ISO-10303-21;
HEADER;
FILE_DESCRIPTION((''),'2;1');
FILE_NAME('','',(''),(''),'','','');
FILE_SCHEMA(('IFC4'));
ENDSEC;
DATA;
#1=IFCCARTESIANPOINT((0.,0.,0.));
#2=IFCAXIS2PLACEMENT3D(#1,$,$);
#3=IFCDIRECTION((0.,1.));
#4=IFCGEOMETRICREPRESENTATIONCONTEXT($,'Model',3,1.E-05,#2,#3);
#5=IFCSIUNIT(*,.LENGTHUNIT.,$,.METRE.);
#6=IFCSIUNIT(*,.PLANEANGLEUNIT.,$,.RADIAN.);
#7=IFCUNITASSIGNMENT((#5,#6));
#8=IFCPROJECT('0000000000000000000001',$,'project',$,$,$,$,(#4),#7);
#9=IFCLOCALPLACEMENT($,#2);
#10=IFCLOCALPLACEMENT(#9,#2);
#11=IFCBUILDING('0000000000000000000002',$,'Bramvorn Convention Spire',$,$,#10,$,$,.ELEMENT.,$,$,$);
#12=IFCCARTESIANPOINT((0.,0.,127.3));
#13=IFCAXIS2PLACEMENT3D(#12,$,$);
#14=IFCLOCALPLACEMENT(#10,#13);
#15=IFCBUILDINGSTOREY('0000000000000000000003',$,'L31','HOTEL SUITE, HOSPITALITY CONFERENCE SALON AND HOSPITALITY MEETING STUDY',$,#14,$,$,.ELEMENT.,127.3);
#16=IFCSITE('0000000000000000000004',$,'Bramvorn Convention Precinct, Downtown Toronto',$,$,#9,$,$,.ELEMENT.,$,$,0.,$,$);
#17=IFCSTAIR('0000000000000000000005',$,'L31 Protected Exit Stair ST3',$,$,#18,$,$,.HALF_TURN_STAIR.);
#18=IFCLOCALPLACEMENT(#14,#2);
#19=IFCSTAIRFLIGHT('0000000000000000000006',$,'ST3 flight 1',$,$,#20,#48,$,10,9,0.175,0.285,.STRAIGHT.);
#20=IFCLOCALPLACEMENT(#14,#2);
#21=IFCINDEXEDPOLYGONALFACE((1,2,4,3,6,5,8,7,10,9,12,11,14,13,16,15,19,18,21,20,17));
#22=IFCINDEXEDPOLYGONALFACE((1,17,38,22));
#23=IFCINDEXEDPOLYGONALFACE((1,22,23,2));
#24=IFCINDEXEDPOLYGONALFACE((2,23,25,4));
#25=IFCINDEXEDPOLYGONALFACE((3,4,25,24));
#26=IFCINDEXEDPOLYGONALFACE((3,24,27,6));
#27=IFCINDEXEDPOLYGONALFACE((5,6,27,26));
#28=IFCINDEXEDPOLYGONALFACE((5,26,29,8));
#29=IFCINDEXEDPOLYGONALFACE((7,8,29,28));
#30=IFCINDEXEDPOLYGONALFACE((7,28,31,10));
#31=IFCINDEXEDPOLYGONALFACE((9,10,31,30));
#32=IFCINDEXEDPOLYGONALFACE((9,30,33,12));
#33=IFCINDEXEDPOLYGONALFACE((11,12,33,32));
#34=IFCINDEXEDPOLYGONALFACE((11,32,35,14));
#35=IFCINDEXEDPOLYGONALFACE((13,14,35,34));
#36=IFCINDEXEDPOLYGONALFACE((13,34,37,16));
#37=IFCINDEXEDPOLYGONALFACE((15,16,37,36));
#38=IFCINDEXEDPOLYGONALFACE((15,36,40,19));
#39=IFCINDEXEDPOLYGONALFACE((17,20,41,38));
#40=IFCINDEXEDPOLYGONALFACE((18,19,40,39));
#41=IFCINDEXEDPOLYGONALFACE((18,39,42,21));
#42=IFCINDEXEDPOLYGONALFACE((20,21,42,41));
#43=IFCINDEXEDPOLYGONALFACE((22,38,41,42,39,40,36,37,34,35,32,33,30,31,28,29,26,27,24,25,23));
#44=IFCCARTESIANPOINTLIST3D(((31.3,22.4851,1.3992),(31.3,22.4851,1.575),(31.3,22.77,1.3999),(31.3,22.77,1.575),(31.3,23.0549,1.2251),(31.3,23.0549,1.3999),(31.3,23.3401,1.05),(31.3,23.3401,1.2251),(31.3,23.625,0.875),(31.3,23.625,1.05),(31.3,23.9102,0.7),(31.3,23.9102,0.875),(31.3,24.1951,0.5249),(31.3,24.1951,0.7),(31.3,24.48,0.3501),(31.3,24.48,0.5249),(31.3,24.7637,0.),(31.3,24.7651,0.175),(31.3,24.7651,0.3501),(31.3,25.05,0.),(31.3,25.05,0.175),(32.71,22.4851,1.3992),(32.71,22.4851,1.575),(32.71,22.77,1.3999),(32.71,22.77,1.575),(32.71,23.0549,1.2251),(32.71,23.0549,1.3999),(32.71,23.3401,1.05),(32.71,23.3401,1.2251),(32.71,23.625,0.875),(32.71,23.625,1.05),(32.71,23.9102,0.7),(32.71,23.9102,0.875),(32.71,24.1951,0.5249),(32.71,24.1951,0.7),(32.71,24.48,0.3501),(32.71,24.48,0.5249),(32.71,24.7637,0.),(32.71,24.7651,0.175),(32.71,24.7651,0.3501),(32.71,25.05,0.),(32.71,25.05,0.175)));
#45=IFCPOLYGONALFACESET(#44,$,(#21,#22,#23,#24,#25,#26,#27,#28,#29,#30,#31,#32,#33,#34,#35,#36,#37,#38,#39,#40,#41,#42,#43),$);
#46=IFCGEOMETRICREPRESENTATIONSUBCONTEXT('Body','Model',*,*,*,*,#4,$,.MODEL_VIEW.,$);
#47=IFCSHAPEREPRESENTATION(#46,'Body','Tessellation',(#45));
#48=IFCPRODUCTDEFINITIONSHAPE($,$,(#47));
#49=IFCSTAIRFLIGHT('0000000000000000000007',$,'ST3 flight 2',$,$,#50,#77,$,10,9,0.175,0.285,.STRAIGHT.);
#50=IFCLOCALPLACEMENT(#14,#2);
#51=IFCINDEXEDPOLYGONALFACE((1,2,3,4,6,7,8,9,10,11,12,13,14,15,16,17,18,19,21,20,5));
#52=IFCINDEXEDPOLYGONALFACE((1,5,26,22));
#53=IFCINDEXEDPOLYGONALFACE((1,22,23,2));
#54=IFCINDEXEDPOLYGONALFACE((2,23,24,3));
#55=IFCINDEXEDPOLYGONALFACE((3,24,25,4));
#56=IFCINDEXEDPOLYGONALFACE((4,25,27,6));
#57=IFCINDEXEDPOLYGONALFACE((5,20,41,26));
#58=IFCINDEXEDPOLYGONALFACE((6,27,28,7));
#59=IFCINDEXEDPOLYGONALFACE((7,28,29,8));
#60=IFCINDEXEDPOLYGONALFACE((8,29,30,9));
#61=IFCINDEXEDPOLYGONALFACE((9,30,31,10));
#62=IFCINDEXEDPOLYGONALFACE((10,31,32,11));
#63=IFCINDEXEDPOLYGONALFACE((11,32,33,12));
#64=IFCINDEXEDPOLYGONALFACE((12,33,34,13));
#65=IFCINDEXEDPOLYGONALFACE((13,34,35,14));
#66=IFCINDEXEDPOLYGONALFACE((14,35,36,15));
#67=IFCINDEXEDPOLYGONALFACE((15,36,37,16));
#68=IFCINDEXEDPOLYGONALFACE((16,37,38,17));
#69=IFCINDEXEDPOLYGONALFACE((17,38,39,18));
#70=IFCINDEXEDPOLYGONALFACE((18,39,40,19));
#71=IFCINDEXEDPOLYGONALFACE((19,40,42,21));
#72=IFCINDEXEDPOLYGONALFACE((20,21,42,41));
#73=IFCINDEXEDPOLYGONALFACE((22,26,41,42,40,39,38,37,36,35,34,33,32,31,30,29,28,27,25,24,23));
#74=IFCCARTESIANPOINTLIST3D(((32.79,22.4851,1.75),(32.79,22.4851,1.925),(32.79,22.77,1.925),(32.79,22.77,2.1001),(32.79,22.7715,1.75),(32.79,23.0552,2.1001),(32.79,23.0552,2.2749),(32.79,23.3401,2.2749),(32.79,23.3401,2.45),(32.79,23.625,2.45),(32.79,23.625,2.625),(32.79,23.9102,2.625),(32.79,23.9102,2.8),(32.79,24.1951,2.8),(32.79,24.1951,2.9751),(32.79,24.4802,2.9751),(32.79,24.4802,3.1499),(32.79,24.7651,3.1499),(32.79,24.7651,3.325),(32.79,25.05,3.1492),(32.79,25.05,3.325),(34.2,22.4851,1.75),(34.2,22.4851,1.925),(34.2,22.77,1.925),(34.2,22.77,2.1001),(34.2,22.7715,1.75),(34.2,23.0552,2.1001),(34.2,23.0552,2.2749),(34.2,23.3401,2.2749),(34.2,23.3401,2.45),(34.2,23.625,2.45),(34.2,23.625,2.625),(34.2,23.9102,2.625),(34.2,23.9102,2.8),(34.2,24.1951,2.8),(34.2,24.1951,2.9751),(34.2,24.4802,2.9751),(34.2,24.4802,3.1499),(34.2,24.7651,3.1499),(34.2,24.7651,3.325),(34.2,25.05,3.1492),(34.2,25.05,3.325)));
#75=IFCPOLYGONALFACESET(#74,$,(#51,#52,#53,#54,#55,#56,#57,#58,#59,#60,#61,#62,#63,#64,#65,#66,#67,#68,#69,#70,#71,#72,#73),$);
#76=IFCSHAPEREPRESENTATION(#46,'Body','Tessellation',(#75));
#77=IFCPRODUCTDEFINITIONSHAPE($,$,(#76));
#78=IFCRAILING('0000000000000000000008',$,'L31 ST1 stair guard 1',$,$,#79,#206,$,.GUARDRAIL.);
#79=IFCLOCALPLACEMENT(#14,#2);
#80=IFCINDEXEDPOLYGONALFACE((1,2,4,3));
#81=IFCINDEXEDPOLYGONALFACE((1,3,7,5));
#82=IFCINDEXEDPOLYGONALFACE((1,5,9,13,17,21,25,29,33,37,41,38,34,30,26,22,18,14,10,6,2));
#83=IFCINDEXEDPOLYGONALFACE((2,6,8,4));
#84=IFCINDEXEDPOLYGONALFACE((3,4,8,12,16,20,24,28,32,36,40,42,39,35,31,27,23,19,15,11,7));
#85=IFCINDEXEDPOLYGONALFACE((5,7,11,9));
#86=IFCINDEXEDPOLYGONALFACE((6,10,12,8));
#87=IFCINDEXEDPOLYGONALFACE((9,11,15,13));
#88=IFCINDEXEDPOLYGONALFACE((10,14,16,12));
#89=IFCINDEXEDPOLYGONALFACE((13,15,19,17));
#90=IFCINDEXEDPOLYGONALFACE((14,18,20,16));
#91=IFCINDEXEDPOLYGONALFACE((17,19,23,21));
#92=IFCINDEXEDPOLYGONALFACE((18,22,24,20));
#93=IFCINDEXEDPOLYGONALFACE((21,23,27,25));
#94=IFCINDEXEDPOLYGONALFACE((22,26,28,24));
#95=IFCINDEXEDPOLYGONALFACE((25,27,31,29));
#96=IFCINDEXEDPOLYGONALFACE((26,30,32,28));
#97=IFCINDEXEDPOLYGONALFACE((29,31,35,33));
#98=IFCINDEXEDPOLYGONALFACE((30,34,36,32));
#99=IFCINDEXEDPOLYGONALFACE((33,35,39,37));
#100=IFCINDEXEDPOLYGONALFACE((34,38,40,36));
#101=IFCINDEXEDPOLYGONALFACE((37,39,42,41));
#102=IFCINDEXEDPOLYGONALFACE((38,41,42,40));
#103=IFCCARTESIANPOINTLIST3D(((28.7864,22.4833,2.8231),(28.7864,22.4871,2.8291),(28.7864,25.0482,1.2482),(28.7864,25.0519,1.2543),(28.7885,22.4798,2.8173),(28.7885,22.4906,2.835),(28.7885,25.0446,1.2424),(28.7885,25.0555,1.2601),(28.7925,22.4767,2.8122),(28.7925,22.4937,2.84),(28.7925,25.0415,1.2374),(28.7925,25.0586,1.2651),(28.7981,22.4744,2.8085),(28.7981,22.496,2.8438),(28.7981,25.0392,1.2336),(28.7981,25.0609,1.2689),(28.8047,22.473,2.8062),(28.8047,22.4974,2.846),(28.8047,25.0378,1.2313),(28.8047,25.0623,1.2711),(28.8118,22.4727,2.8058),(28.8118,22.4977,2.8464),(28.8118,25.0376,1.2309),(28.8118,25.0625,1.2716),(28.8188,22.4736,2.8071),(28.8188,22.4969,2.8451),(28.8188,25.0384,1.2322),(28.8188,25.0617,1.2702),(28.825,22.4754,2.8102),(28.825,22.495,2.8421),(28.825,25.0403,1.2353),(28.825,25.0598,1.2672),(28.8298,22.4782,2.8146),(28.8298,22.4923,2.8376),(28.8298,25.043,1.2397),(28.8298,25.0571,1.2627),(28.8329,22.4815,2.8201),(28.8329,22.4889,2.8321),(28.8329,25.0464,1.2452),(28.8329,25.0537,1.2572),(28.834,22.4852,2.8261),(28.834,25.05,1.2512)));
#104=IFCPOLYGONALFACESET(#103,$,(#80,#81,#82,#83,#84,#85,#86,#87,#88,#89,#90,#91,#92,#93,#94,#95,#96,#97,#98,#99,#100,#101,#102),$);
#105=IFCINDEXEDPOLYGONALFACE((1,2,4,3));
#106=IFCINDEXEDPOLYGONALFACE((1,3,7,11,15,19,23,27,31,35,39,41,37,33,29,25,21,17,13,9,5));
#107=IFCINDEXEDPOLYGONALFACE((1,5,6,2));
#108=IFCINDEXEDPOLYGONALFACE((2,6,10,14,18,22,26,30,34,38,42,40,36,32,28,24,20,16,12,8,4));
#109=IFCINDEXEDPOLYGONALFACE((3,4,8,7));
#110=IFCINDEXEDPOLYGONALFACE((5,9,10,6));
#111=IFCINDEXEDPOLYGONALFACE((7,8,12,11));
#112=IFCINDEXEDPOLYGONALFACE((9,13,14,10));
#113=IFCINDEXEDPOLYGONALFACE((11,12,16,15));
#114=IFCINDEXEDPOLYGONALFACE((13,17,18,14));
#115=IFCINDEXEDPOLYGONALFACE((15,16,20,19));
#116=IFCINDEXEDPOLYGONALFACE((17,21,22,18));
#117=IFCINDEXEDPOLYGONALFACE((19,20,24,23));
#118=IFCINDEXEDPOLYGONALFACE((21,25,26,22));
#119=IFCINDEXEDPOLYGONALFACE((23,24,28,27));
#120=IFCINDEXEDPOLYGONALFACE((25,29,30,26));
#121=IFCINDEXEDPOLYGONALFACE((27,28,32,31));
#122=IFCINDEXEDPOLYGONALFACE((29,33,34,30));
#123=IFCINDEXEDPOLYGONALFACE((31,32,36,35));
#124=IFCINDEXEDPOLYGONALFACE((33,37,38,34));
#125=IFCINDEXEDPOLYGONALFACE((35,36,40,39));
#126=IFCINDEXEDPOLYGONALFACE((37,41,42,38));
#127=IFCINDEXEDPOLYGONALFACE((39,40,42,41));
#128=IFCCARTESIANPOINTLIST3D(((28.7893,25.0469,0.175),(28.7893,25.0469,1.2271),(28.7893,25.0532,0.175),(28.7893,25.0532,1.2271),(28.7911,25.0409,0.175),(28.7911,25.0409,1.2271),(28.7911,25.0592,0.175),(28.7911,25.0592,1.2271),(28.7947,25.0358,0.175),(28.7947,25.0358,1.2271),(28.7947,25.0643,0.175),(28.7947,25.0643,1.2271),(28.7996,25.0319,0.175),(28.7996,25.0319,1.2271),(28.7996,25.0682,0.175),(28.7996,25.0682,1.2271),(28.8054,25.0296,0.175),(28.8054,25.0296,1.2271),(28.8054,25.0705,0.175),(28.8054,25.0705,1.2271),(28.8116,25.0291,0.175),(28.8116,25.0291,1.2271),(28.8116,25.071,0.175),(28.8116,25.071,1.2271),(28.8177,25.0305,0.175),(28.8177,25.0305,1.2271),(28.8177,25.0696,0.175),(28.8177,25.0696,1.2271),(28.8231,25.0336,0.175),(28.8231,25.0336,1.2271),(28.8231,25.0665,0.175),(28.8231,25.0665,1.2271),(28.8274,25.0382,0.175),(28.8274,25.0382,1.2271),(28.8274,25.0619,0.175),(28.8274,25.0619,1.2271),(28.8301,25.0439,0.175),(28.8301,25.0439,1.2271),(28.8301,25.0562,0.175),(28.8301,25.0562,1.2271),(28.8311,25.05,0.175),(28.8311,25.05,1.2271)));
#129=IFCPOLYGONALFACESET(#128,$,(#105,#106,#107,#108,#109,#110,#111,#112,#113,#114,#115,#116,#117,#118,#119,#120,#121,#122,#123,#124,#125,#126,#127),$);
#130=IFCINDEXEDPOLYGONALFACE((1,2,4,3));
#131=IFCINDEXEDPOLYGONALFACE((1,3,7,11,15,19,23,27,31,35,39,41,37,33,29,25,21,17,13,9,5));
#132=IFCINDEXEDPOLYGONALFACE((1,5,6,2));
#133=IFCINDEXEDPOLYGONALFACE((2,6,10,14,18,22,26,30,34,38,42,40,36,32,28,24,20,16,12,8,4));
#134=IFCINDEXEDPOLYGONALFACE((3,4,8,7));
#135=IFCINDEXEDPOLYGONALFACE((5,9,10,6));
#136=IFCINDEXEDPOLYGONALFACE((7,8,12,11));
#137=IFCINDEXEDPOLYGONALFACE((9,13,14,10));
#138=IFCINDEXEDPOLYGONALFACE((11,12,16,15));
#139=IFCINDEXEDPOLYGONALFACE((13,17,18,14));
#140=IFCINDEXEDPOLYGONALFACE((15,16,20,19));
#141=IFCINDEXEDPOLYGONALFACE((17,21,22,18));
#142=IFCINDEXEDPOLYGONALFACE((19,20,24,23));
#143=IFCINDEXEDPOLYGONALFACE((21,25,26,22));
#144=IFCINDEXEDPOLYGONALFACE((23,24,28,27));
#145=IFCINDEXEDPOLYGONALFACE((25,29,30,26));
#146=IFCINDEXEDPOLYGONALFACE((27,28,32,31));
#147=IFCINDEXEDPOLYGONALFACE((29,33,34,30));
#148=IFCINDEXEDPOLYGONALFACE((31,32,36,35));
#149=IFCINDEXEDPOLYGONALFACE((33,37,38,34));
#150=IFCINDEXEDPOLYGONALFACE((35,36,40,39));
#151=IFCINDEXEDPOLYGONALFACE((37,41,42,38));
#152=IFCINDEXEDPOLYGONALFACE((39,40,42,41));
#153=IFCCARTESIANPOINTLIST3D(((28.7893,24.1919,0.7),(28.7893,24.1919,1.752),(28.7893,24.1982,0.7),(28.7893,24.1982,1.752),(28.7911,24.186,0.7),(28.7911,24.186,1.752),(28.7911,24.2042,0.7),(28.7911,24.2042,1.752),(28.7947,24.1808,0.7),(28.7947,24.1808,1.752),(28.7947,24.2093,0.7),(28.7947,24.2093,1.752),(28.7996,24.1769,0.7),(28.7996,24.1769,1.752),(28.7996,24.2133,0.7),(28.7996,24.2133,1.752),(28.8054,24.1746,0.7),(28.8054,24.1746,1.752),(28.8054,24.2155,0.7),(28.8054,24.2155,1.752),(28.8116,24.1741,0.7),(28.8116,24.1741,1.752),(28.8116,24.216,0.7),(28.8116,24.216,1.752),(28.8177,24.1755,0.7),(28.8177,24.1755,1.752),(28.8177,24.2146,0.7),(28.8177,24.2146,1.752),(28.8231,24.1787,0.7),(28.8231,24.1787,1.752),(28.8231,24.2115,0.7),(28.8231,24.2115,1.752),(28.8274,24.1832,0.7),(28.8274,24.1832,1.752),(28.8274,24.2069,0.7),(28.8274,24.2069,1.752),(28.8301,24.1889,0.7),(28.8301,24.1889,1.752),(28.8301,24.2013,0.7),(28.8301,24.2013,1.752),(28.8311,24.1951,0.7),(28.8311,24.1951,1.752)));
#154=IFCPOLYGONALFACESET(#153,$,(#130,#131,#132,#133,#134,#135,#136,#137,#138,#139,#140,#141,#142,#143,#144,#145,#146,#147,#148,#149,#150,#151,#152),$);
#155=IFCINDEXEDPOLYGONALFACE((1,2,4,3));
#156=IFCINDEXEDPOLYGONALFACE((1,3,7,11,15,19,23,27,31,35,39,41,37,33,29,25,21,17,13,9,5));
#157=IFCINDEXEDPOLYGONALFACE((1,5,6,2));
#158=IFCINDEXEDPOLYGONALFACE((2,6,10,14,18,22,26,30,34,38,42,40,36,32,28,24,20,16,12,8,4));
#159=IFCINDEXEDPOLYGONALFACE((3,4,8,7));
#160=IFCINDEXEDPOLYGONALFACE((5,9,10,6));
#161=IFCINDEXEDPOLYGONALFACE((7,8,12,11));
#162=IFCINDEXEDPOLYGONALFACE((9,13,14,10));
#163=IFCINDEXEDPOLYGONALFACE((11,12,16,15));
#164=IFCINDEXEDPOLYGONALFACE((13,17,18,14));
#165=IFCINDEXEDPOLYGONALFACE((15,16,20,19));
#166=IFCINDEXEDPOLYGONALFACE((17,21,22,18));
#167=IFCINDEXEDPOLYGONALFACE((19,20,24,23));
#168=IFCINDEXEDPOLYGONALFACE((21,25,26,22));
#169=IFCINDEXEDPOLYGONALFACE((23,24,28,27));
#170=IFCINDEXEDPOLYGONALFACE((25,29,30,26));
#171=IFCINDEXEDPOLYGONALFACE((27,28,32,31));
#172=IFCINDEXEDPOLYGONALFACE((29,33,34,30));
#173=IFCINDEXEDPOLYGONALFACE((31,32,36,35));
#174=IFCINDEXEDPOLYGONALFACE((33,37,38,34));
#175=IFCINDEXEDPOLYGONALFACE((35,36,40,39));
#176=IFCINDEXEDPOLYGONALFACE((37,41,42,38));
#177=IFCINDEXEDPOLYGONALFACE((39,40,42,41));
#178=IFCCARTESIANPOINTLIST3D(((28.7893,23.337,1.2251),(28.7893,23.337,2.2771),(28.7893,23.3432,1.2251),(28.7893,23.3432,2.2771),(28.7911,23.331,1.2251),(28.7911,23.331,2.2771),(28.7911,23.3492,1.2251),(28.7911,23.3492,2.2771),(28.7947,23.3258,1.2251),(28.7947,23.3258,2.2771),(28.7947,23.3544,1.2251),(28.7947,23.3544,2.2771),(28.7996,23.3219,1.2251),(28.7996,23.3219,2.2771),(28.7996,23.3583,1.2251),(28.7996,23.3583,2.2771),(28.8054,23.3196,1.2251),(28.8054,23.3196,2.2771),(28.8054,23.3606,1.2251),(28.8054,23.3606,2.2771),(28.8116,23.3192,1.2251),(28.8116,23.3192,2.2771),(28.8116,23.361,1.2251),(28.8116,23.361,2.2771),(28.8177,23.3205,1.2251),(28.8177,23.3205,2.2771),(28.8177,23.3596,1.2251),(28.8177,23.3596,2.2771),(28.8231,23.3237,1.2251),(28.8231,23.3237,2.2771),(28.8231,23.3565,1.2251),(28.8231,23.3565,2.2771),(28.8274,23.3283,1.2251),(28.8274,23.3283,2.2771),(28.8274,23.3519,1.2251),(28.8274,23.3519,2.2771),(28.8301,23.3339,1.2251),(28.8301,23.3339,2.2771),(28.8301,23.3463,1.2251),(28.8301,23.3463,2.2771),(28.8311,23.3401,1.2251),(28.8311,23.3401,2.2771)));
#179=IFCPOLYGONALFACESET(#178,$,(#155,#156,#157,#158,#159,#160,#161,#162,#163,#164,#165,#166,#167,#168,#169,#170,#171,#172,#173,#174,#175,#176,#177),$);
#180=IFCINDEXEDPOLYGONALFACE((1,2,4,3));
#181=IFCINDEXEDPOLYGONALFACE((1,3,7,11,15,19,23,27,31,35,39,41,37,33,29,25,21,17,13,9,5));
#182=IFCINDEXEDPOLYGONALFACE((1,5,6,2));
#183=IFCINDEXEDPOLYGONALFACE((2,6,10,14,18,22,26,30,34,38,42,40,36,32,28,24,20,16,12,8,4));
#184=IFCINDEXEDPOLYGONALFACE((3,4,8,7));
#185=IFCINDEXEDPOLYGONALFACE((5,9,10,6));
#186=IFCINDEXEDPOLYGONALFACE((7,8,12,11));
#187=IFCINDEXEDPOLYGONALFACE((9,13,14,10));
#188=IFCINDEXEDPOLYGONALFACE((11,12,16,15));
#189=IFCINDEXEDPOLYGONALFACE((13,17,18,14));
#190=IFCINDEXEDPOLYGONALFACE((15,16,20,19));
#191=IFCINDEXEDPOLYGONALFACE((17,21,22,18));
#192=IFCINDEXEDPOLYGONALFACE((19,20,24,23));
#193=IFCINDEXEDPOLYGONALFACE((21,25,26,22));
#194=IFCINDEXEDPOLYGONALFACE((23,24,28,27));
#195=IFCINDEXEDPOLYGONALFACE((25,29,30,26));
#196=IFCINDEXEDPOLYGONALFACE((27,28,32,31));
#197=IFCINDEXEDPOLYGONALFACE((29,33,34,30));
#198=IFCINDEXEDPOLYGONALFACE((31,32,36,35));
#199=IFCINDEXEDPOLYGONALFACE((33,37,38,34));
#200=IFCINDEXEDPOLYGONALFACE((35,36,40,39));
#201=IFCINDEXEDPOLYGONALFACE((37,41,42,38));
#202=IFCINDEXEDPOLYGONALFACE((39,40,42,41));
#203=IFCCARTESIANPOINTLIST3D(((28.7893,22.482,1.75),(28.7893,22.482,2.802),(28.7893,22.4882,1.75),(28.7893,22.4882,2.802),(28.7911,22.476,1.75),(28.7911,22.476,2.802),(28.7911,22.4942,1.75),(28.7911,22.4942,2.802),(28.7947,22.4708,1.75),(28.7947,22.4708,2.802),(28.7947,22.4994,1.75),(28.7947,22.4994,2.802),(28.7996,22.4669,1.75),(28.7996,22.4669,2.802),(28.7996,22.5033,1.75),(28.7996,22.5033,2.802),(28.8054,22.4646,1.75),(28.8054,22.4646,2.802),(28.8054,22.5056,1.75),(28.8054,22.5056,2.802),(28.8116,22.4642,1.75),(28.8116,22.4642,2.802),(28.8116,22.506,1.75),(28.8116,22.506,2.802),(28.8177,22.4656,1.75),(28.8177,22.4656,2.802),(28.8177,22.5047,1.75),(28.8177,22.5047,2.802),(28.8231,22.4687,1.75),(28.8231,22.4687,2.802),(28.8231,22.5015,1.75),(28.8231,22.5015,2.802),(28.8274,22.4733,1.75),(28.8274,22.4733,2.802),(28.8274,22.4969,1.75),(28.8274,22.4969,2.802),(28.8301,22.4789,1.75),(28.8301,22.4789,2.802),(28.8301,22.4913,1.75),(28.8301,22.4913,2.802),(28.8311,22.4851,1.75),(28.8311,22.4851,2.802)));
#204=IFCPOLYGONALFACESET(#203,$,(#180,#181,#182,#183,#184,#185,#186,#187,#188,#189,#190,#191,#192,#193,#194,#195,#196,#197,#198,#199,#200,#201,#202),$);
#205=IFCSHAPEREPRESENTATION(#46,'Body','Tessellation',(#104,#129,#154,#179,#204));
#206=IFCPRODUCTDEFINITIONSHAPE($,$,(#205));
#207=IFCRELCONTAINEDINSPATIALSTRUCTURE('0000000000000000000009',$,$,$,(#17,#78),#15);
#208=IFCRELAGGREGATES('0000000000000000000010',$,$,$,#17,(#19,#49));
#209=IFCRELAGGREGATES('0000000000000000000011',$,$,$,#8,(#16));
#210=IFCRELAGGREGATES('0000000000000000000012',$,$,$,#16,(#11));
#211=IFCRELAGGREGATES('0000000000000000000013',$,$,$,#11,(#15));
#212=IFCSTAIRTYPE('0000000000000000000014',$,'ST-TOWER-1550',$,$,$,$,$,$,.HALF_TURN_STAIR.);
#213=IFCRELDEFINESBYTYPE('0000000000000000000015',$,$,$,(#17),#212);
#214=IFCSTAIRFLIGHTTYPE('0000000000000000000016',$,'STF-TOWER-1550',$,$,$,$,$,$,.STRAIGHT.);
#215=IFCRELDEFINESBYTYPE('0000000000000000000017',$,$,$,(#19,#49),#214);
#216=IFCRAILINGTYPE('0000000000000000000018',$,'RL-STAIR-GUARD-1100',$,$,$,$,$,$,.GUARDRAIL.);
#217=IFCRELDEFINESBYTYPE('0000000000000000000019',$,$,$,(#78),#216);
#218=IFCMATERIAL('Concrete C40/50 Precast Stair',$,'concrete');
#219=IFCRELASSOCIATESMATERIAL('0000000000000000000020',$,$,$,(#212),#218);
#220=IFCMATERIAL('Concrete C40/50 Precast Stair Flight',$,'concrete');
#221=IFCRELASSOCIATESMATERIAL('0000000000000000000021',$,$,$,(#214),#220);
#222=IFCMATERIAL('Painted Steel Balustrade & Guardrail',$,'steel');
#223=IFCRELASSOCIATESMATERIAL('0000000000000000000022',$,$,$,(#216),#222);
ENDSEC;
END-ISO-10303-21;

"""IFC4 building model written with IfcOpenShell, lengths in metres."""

from ifc_helpers import new_model, si_unit, direction, frame, origin, origin_2d, place, context, subcontext, project, spatial, polyline, circle, outline, extrude, material, type_object, element, aggregate, save


model = new_model("IFC4")

# Units and contexts
model_context = context("Model", 3, precision=1e-05, world=origin(), true_north=direction((0.0, 1.0)))
body_context = subcontext(model_context, "Body", "Model", "MODEL_VIEW")
ifc_project = project(units=[si_unit("LENGTHUNIT", "METRE"), si_unit("PLANEANGLEUNIT", "RADIAN")], contexts=[model_context])

# Site, building, storey
site_placement = place(None, origin())
site = spatial("IfcSite", under=ifc_project, at=site_placement, Name="Bramvorn Convention Precinct, Downtown Toronto", CompositionType="ELEMENT", RefElevation=0.0)
building_placement = place(site_placement, origin())
building = spatial("IfcBuilding", under=site, at=building_placement, Name="Bramvorn Convention Spire", CompositionType="ELEMENT")
storey_placement = place(building_placement, frame((0.0, 0.0, 127.3)))
storey = spatial("IfcBuildingStorey", under=building, at=storey_placement, Name="L31", Description="HOTEL SUITE, HOSPITALITY CONFERENCE SALON AND HOSPITALITY MEETING STUDY", CompositionType="ELEMENT", Elevation=127.3)

# Shared definitions
ifc_material_1 = material(Name="Concrete C40/50 Precast Stair", Category="concrete")
stair_type = type_object("IfcStairType", Name="ST-TOWER-1550", PredefinedType="HALF_TURN_STAIR", material=ifc_material_1)
ifc_material_2 = material(Name="Concrete C40/50 Precast Stair Flight", Category="concrete")
stair_flight_type = type_object("IfcStairFlightType", Name="STF-TOWER-1550", PredefinedType="STRAIGHT", material=ifc_material_2)

# Stair, stair flights
stair_1_placement = place(storey_placement, origin())
stair_1 = element("IfcStair", 1, at=stair_1_placement, inside=storey, type_object=stair_type, Name="L31 Protected Exit Stair ST3", PredefinedType="HALF_TURN_STAIR")
stair_flight_1_placement = place(storey_placement, frame((32.0049, 25.05, 0.0), z_axis=(0.0, 0.0, 1.0), x_axis=(0.0, -1.0, 0.0)))
stair_flight_1 = element("IfcStairFlight", 2, at=stair_flight_1_placement, type_object=stair_flight_type, Name="ST3 flight 1", NumberOfRisers=10, NumberOfTreads=9, PredefinedType="STRAIGHT", RiserHeight=0.175, TreadLength=0.285, context=body_context, shape_type="SweptSolid", body=[
    extrude(outline(polyline([(0.0, 0.0), (0.0, 0.175), (0.2849, 0.175), (0.2849, 0.3501), (0.5701, 0.3501), (0.5701, 0.5249), (0.855, 0.5249), (0.855, 0.7), (1.1399, 0.7), (1.1399, 0.875), (1.425, 0.875), (1.425, 1.05), (1.71, 1.05), (1.71, 1.2251), (1.9951, 1.2251), (1.9951, 1.3999), (2.28, 1.3999), (2.28, 1.575), (2.5649, 1.575), (2.5649, 1.75), (2.5649, 1.3992), (0.2864, 0.0), (0.0, 0.0)])), frame((0.0, 0.7051, 0.0), z_axis=(0.0, -1.0, 0.0), x_axis=(1.0, 0.0, 0.0)), (0.0, 0.0, 1.0), 1.4099),
])
stair_flight_2_placement = place(storey_placement, frame((33.4951, 22.4851, 1.75), z_axis=(0.0, 0.0, 1.0), x_axis=(0.0, 1.0, 0.0)))
stair_flight_2 = element("IfcStairFlight", 3, at=stair_flight_2_placement, type_object=stair_flight_type, Name="ST3 flight 2", NumberOfRisers=10, NumberOfTreads=9, PredefinedType="STRAIGHT", RiserHeight=0.175, TreadLength=0.285, context=body_context, shape_type="SweptSolid", body=[
    extrude(outline(polyline([(0.0, 0.0), (0.0, 0.175), (0.2849, 0.175), (0.2849, 0.3501), (0.5701, 0.3501), (0.5701, 0.5249), (0.855, 0.5249), (0.855, 0.7), (1.1399, 0.7), (1.1399, 0.875), (1.425, 0.875), (1.425, 1.05), (1.71, 1.05), (1.71, 1.2251), (1.9951, 1.2251), (1.9951, 1.3999), (2.28, 1.3999), (2.28, 1.575), (2.5649, 1.575), (2.5649, 1.75), (2.5649, 1.3992), (0.2864, 0.0), (0.0, 0.0)])), frame((0.0, 0.7051, 0.0), z_axis=(0.0, -1.0, 0.0), x_axis=(1.0, 0.0, 0.0)), (0.0, 0.0, 1.0), 1.4099),
])
aggregate(stair_1, [stair_flight_1, stair_flight_2])

# Railing
ifc_material_3 = material(Name="Painted Steel Balustrade & Guardrail", Category="steel")
railing_type_1 = type_object("IfcRailingType", Name="RL-STAIR-GUARD-1100", PredefinedType="GUARDRAIL", material=ifc_material_3)
railing_1_placement = place(storey_placement, frame((28.8101, 25.05, 0.175)))
element("IfcRailing", 4, at=railing_1_placement, inside=storey, type_object=railing_type_1, Name="L31 ST1 stair guard 1", PredefinedType="GUARDRAIL", context=body_context, shape_type="SweptSolid", body=[
    extrude(circle(Radius=0.0239, at=origin_2d()), frame((0.0, 0.0, 1.0762), z_axis=(0.0, -0.852173, 0.52326), x_axis=(1.0, 0.0, 0.0)), (0.0, 0.0, 1.0), 3.0098),
    extrude(circle(Radius=0.021, at=origin_2d()), origin(), (0.0, 0.0, 1.0), 1.052),
    extrude(circle(Radius=0.021, at=origin_2d()), frame((0.0, -0.855, 0.5249)), (0.0, 0.0, 1.0), 1.052),
    extrude(circle(Radius=0.021, at=origin_2d()), frame((0.0, -1.71, 1.05)), (0.0, 0.0, 1.0), 1.052),
    extrude(circle(Radius=0.021, at=origin_2d()), frame((0.0, -2.5649, 1.575)), (0.0, 0.0, 1.0), 1.052),
])

save(model, "model.ifc")
